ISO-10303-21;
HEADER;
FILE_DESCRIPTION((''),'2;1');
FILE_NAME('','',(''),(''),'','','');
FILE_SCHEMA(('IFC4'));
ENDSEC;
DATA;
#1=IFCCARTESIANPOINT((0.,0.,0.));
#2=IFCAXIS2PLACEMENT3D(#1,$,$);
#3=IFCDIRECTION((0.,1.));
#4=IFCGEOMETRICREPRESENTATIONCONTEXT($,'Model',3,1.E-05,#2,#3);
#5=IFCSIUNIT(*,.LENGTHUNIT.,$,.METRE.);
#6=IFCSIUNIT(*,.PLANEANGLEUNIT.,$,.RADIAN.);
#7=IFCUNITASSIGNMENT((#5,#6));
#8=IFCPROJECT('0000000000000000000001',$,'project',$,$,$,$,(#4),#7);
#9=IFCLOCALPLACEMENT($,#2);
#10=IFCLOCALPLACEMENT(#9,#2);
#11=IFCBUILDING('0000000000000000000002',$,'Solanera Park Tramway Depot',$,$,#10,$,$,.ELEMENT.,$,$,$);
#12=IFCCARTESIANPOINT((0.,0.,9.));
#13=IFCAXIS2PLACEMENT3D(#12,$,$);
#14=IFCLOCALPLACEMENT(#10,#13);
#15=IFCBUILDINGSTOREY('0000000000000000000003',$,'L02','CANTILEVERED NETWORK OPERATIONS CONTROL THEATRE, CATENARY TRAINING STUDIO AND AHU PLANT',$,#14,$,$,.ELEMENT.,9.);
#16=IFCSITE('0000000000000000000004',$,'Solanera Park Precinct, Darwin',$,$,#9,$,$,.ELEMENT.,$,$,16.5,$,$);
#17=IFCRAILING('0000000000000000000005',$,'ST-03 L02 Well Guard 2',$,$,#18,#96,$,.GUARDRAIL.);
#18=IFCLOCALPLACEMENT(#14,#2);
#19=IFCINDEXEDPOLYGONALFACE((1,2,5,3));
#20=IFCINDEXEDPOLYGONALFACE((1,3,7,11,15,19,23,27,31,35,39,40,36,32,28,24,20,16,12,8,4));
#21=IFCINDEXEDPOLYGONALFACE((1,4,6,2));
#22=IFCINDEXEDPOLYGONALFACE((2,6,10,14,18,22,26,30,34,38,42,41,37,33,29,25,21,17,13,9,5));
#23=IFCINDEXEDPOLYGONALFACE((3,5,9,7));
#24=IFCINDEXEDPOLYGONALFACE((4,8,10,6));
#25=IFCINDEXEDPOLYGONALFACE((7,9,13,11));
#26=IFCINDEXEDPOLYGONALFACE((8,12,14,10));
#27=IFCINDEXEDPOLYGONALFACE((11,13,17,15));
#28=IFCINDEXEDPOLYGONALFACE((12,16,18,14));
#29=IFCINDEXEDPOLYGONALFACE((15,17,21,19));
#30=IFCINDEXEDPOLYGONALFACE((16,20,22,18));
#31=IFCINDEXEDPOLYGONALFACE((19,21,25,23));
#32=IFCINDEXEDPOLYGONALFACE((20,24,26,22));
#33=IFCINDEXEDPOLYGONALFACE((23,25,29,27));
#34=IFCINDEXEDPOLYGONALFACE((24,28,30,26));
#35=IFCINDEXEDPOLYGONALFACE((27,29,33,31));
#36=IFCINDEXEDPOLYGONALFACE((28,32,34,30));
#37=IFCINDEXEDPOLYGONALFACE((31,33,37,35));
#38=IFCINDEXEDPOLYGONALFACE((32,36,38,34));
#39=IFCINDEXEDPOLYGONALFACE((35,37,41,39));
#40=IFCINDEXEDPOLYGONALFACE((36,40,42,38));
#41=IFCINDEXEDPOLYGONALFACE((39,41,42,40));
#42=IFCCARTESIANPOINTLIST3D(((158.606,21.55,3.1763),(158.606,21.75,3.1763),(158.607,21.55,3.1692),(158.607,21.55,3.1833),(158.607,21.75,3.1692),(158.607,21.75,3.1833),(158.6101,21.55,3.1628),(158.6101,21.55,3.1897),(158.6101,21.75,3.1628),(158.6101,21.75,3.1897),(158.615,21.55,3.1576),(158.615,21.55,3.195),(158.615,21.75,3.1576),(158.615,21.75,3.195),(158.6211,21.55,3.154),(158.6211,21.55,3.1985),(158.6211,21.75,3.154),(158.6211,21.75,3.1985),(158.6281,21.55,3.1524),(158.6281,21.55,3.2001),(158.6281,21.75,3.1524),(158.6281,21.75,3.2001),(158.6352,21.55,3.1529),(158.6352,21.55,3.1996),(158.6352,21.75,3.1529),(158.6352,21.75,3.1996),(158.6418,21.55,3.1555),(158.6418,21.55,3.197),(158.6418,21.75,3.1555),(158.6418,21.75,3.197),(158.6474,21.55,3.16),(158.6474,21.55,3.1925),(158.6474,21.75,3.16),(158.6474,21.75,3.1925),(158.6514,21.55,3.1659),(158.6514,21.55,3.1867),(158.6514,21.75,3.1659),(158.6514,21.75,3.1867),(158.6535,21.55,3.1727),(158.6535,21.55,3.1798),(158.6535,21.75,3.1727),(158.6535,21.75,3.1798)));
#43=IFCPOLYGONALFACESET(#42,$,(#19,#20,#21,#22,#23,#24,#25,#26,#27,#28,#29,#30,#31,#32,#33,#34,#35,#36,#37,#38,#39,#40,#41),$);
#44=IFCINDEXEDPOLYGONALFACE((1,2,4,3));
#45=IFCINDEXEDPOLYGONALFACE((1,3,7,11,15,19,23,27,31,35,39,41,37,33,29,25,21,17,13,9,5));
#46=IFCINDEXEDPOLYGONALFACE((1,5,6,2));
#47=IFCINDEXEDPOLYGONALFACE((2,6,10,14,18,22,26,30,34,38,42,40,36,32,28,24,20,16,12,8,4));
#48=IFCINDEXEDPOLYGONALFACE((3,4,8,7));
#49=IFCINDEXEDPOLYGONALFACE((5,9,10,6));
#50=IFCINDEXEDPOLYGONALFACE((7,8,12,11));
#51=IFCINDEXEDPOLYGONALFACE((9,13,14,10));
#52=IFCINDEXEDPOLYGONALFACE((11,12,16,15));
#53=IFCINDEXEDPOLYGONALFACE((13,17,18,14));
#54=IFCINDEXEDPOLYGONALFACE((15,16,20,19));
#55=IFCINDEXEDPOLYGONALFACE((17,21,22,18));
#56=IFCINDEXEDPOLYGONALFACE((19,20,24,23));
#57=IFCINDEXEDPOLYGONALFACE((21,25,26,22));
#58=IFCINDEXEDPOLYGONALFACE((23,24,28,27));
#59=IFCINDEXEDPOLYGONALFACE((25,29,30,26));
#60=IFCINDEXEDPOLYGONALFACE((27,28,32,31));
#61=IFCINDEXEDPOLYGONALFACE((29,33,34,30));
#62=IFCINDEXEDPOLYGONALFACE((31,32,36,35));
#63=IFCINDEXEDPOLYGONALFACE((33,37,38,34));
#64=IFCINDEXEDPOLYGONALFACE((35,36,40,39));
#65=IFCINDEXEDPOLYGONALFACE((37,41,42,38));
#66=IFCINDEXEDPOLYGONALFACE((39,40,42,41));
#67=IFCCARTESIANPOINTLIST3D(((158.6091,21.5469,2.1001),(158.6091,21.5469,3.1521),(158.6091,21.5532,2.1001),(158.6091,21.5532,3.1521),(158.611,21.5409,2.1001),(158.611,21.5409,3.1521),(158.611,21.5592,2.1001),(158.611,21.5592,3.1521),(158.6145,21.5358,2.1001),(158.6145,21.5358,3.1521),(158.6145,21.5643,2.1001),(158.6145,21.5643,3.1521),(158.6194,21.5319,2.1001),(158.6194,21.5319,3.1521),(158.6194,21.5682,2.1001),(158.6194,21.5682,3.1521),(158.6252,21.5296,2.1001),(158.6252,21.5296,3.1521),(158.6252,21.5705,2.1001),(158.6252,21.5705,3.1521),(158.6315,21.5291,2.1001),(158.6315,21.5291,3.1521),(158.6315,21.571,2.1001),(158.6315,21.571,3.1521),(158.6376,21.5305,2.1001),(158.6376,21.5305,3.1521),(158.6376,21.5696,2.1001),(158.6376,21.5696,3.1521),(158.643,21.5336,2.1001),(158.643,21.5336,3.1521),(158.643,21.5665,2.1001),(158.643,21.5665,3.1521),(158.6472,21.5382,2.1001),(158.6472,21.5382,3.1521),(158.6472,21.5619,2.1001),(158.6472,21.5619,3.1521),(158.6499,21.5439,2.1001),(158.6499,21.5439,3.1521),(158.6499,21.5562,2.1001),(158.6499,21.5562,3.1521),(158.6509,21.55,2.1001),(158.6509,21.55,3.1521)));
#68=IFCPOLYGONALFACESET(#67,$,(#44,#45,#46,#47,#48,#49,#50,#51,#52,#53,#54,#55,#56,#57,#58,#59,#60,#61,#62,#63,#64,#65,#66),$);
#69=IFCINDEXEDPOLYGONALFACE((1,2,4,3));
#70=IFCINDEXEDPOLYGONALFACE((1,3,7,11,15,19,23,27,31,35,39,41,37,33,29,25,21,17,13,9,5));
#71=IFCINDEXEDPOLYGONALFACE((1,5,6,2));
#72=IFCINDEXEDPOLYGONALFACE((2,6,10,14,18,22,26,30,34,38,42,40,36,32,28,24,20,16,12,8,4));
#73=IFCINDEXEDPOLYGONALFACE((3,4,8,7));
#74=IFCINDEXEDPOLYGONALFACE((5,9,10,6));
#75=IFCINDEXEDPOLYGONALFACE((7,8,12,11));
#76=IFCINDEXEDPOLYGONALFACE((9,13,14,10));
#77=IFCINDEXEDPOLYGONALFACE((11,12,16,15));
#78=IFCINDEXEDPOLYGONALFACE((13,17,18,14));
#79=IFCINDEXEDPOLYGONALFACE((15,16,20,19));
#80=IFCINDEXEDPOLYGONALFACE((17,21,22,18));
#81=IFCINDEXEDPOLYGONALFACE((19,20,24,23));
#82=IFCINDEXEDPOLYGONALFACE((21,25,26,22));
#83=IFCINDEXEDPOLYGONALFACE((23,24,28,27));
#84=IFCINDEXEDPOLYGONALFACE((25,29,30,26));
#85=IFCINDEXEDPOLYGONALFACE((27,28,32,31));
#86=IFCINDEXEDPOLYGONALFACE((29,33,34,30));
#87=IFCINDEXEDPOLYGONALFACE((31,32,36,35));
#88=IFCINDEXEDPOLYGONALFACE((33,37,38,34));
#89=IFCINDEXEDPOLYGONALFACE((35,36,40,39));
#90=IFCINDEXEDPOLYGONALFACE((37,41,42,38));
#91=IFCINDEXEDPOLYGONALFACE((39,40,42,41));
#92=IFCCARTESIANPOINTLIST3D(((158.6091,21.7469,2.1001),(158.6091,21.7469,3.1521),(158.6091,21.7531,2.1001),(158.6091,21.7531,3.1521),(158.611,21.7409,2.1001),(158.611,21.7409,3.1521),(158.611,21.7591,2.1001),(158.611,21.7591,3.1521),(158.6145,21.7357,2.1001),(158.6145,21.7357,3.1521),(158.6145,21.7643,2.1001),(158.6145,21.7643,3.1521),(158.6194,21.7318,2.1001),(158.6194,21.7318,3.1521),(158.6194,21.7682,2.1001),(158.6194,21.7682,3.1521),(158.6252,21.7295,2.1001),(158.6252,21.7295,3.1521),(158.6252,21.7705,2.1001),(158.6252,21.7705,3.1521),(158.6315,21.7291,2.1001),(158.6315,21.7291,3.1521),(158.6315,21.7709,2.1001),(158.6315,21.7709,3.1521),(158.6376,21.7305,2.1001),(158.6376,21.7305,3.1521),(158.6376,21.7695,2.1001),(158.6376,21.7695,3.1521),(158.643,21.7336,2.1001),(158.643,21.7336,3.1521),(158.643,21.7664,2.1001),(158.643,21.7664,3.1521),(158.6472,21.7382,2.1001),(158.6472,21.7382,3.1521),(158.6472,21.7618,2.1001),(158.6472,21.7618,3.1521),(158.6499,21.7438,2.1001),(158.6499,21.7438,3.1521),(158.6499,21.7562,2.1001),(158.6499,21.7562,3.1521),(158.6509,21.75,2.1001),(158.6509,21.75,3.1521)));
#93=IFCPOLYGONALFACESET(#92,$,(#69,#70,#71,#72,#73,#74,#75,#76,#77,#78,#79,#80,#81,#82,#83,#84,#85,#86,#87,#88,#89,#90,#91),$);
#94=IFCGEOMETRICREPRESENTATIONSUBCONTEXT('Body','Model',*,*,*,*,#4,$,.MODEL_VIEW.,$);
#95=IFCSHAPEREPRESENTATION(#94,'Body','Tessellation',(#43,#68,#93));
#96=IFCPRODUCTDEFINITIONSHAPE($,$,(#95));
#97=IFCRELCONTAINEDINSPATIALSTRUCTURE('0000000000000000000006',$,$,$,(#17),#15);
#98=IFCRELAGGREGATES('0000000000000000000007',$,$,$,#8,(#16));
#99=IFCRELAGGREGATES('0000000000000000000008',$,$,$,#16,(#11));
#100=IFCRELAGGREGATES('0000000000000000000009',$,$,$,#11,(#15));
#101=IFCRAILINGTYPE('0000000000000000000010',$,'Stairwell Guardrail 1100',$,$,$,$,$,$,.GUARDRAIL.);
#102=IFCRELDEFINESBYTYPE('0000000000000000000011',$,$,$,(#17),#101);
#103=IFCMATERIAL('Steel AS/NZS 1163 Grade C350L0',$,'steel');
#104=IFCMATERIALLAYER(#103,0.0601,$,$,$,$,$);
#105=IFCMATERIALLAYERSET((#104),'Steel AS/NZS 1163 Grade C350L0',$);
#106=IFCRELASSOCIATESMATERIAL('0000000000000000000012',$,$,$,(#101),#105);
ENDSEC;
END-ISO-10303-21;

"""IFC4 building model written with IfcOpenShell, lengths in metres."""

from ifc_helpers import new_model, si_unit, direction, frame, origin, origin_2d, place, context, subcontext, project, spatial, circle, extrude, material, layer, layer_set, type_object, element, save


model = new_model("IFC4")

# Units and contexts
model_context = context("Model", 3, precision=1e-05, world=origin(), true_north=direction((0.0, 1.0)))
body_context = subcontext(model_context, "Body", "Model", "MODEL_VIEW")
ifc_project = project(units=[si_unit("LENGTHUNIT", "METRE"), si_unit("PLANEANGLEUNIT", "RADIAN")], contexts=[model_context])

# Site, building, storey
site_placement = place(None, origin())
site = spatial("IfcSite", under=ifc_project, at=site_placement, Name="Solanera Park Precinct, Darwin", CompositionType="ELEMENT", RefElevation=16.5)
building_placement = place(site_placement, origin())
building = spatial("IfcBuilding", under=site, at=building_placement, Name="Solanera Park Tramway Depot", CompositionType="ELEMENT")
storey_placement = place(building_placement, frame((0.0, 0.0, 9.0)))
storey = spatial("IfcBuildingStorey", under=building, at=storey_placement, Name="L02", Description="CANTILEVERED NETWORK OPERATIONS CONTROL THEATRE, CATENARY TRAINING STUDIO AND AHU PLANT", CompositionType="ELEMENT", Elevation=9.0)

# Railing
ifc_material_1 = material(Name="Steel AS/NZS 1163 Grade C350L0", Category="steel")
ifc_layer_1 = layer(ifc_material_1, 0.0601)
ifc_layer_set_1 = layer_set([ifc_layer_1], Name="Steel AS/NZS 1163 Grade C350L0")
railing_type_1 = type_object("IfcRailingType", Name="Stairwell Guardrail 1100", PredefinedType="GUARDRAIL", material=ifc_layer_set_1)
railing_1_placement = place(storey_placement, frame((158.6299, 21.55, 2.1001)))
element("IfcRailing", 1, at=railing_1_placement, inside=storey, type_object=railing_type_1, Name="ST-03 L02 Well Guard 2", PredefinedType="GUARDRAIL", context=body_context, shape_type="SweptSolid", body=[
    extrude(circle(Radius=0.0239, at=origin_2d()), frame((0.0, 0.0, 1.0762), z_axis=(0.0, 1.0, 0.0), x_axis=(-1.0, 0.0, 0.0)), (0.0, 0.0, 1.0), 0.2),
    extrude(circle(Radius=0.021, at=origin_2d()), origin(), (0.0, 0.0, 1.0), 1.052),
    extrude(circle(Radius=0.021, at=origin_2d()), frame((0.0, 0.2, 0.0)), (0.0, 0.0, 1.0), 1.052),
])

save(model, "model.ifc")
